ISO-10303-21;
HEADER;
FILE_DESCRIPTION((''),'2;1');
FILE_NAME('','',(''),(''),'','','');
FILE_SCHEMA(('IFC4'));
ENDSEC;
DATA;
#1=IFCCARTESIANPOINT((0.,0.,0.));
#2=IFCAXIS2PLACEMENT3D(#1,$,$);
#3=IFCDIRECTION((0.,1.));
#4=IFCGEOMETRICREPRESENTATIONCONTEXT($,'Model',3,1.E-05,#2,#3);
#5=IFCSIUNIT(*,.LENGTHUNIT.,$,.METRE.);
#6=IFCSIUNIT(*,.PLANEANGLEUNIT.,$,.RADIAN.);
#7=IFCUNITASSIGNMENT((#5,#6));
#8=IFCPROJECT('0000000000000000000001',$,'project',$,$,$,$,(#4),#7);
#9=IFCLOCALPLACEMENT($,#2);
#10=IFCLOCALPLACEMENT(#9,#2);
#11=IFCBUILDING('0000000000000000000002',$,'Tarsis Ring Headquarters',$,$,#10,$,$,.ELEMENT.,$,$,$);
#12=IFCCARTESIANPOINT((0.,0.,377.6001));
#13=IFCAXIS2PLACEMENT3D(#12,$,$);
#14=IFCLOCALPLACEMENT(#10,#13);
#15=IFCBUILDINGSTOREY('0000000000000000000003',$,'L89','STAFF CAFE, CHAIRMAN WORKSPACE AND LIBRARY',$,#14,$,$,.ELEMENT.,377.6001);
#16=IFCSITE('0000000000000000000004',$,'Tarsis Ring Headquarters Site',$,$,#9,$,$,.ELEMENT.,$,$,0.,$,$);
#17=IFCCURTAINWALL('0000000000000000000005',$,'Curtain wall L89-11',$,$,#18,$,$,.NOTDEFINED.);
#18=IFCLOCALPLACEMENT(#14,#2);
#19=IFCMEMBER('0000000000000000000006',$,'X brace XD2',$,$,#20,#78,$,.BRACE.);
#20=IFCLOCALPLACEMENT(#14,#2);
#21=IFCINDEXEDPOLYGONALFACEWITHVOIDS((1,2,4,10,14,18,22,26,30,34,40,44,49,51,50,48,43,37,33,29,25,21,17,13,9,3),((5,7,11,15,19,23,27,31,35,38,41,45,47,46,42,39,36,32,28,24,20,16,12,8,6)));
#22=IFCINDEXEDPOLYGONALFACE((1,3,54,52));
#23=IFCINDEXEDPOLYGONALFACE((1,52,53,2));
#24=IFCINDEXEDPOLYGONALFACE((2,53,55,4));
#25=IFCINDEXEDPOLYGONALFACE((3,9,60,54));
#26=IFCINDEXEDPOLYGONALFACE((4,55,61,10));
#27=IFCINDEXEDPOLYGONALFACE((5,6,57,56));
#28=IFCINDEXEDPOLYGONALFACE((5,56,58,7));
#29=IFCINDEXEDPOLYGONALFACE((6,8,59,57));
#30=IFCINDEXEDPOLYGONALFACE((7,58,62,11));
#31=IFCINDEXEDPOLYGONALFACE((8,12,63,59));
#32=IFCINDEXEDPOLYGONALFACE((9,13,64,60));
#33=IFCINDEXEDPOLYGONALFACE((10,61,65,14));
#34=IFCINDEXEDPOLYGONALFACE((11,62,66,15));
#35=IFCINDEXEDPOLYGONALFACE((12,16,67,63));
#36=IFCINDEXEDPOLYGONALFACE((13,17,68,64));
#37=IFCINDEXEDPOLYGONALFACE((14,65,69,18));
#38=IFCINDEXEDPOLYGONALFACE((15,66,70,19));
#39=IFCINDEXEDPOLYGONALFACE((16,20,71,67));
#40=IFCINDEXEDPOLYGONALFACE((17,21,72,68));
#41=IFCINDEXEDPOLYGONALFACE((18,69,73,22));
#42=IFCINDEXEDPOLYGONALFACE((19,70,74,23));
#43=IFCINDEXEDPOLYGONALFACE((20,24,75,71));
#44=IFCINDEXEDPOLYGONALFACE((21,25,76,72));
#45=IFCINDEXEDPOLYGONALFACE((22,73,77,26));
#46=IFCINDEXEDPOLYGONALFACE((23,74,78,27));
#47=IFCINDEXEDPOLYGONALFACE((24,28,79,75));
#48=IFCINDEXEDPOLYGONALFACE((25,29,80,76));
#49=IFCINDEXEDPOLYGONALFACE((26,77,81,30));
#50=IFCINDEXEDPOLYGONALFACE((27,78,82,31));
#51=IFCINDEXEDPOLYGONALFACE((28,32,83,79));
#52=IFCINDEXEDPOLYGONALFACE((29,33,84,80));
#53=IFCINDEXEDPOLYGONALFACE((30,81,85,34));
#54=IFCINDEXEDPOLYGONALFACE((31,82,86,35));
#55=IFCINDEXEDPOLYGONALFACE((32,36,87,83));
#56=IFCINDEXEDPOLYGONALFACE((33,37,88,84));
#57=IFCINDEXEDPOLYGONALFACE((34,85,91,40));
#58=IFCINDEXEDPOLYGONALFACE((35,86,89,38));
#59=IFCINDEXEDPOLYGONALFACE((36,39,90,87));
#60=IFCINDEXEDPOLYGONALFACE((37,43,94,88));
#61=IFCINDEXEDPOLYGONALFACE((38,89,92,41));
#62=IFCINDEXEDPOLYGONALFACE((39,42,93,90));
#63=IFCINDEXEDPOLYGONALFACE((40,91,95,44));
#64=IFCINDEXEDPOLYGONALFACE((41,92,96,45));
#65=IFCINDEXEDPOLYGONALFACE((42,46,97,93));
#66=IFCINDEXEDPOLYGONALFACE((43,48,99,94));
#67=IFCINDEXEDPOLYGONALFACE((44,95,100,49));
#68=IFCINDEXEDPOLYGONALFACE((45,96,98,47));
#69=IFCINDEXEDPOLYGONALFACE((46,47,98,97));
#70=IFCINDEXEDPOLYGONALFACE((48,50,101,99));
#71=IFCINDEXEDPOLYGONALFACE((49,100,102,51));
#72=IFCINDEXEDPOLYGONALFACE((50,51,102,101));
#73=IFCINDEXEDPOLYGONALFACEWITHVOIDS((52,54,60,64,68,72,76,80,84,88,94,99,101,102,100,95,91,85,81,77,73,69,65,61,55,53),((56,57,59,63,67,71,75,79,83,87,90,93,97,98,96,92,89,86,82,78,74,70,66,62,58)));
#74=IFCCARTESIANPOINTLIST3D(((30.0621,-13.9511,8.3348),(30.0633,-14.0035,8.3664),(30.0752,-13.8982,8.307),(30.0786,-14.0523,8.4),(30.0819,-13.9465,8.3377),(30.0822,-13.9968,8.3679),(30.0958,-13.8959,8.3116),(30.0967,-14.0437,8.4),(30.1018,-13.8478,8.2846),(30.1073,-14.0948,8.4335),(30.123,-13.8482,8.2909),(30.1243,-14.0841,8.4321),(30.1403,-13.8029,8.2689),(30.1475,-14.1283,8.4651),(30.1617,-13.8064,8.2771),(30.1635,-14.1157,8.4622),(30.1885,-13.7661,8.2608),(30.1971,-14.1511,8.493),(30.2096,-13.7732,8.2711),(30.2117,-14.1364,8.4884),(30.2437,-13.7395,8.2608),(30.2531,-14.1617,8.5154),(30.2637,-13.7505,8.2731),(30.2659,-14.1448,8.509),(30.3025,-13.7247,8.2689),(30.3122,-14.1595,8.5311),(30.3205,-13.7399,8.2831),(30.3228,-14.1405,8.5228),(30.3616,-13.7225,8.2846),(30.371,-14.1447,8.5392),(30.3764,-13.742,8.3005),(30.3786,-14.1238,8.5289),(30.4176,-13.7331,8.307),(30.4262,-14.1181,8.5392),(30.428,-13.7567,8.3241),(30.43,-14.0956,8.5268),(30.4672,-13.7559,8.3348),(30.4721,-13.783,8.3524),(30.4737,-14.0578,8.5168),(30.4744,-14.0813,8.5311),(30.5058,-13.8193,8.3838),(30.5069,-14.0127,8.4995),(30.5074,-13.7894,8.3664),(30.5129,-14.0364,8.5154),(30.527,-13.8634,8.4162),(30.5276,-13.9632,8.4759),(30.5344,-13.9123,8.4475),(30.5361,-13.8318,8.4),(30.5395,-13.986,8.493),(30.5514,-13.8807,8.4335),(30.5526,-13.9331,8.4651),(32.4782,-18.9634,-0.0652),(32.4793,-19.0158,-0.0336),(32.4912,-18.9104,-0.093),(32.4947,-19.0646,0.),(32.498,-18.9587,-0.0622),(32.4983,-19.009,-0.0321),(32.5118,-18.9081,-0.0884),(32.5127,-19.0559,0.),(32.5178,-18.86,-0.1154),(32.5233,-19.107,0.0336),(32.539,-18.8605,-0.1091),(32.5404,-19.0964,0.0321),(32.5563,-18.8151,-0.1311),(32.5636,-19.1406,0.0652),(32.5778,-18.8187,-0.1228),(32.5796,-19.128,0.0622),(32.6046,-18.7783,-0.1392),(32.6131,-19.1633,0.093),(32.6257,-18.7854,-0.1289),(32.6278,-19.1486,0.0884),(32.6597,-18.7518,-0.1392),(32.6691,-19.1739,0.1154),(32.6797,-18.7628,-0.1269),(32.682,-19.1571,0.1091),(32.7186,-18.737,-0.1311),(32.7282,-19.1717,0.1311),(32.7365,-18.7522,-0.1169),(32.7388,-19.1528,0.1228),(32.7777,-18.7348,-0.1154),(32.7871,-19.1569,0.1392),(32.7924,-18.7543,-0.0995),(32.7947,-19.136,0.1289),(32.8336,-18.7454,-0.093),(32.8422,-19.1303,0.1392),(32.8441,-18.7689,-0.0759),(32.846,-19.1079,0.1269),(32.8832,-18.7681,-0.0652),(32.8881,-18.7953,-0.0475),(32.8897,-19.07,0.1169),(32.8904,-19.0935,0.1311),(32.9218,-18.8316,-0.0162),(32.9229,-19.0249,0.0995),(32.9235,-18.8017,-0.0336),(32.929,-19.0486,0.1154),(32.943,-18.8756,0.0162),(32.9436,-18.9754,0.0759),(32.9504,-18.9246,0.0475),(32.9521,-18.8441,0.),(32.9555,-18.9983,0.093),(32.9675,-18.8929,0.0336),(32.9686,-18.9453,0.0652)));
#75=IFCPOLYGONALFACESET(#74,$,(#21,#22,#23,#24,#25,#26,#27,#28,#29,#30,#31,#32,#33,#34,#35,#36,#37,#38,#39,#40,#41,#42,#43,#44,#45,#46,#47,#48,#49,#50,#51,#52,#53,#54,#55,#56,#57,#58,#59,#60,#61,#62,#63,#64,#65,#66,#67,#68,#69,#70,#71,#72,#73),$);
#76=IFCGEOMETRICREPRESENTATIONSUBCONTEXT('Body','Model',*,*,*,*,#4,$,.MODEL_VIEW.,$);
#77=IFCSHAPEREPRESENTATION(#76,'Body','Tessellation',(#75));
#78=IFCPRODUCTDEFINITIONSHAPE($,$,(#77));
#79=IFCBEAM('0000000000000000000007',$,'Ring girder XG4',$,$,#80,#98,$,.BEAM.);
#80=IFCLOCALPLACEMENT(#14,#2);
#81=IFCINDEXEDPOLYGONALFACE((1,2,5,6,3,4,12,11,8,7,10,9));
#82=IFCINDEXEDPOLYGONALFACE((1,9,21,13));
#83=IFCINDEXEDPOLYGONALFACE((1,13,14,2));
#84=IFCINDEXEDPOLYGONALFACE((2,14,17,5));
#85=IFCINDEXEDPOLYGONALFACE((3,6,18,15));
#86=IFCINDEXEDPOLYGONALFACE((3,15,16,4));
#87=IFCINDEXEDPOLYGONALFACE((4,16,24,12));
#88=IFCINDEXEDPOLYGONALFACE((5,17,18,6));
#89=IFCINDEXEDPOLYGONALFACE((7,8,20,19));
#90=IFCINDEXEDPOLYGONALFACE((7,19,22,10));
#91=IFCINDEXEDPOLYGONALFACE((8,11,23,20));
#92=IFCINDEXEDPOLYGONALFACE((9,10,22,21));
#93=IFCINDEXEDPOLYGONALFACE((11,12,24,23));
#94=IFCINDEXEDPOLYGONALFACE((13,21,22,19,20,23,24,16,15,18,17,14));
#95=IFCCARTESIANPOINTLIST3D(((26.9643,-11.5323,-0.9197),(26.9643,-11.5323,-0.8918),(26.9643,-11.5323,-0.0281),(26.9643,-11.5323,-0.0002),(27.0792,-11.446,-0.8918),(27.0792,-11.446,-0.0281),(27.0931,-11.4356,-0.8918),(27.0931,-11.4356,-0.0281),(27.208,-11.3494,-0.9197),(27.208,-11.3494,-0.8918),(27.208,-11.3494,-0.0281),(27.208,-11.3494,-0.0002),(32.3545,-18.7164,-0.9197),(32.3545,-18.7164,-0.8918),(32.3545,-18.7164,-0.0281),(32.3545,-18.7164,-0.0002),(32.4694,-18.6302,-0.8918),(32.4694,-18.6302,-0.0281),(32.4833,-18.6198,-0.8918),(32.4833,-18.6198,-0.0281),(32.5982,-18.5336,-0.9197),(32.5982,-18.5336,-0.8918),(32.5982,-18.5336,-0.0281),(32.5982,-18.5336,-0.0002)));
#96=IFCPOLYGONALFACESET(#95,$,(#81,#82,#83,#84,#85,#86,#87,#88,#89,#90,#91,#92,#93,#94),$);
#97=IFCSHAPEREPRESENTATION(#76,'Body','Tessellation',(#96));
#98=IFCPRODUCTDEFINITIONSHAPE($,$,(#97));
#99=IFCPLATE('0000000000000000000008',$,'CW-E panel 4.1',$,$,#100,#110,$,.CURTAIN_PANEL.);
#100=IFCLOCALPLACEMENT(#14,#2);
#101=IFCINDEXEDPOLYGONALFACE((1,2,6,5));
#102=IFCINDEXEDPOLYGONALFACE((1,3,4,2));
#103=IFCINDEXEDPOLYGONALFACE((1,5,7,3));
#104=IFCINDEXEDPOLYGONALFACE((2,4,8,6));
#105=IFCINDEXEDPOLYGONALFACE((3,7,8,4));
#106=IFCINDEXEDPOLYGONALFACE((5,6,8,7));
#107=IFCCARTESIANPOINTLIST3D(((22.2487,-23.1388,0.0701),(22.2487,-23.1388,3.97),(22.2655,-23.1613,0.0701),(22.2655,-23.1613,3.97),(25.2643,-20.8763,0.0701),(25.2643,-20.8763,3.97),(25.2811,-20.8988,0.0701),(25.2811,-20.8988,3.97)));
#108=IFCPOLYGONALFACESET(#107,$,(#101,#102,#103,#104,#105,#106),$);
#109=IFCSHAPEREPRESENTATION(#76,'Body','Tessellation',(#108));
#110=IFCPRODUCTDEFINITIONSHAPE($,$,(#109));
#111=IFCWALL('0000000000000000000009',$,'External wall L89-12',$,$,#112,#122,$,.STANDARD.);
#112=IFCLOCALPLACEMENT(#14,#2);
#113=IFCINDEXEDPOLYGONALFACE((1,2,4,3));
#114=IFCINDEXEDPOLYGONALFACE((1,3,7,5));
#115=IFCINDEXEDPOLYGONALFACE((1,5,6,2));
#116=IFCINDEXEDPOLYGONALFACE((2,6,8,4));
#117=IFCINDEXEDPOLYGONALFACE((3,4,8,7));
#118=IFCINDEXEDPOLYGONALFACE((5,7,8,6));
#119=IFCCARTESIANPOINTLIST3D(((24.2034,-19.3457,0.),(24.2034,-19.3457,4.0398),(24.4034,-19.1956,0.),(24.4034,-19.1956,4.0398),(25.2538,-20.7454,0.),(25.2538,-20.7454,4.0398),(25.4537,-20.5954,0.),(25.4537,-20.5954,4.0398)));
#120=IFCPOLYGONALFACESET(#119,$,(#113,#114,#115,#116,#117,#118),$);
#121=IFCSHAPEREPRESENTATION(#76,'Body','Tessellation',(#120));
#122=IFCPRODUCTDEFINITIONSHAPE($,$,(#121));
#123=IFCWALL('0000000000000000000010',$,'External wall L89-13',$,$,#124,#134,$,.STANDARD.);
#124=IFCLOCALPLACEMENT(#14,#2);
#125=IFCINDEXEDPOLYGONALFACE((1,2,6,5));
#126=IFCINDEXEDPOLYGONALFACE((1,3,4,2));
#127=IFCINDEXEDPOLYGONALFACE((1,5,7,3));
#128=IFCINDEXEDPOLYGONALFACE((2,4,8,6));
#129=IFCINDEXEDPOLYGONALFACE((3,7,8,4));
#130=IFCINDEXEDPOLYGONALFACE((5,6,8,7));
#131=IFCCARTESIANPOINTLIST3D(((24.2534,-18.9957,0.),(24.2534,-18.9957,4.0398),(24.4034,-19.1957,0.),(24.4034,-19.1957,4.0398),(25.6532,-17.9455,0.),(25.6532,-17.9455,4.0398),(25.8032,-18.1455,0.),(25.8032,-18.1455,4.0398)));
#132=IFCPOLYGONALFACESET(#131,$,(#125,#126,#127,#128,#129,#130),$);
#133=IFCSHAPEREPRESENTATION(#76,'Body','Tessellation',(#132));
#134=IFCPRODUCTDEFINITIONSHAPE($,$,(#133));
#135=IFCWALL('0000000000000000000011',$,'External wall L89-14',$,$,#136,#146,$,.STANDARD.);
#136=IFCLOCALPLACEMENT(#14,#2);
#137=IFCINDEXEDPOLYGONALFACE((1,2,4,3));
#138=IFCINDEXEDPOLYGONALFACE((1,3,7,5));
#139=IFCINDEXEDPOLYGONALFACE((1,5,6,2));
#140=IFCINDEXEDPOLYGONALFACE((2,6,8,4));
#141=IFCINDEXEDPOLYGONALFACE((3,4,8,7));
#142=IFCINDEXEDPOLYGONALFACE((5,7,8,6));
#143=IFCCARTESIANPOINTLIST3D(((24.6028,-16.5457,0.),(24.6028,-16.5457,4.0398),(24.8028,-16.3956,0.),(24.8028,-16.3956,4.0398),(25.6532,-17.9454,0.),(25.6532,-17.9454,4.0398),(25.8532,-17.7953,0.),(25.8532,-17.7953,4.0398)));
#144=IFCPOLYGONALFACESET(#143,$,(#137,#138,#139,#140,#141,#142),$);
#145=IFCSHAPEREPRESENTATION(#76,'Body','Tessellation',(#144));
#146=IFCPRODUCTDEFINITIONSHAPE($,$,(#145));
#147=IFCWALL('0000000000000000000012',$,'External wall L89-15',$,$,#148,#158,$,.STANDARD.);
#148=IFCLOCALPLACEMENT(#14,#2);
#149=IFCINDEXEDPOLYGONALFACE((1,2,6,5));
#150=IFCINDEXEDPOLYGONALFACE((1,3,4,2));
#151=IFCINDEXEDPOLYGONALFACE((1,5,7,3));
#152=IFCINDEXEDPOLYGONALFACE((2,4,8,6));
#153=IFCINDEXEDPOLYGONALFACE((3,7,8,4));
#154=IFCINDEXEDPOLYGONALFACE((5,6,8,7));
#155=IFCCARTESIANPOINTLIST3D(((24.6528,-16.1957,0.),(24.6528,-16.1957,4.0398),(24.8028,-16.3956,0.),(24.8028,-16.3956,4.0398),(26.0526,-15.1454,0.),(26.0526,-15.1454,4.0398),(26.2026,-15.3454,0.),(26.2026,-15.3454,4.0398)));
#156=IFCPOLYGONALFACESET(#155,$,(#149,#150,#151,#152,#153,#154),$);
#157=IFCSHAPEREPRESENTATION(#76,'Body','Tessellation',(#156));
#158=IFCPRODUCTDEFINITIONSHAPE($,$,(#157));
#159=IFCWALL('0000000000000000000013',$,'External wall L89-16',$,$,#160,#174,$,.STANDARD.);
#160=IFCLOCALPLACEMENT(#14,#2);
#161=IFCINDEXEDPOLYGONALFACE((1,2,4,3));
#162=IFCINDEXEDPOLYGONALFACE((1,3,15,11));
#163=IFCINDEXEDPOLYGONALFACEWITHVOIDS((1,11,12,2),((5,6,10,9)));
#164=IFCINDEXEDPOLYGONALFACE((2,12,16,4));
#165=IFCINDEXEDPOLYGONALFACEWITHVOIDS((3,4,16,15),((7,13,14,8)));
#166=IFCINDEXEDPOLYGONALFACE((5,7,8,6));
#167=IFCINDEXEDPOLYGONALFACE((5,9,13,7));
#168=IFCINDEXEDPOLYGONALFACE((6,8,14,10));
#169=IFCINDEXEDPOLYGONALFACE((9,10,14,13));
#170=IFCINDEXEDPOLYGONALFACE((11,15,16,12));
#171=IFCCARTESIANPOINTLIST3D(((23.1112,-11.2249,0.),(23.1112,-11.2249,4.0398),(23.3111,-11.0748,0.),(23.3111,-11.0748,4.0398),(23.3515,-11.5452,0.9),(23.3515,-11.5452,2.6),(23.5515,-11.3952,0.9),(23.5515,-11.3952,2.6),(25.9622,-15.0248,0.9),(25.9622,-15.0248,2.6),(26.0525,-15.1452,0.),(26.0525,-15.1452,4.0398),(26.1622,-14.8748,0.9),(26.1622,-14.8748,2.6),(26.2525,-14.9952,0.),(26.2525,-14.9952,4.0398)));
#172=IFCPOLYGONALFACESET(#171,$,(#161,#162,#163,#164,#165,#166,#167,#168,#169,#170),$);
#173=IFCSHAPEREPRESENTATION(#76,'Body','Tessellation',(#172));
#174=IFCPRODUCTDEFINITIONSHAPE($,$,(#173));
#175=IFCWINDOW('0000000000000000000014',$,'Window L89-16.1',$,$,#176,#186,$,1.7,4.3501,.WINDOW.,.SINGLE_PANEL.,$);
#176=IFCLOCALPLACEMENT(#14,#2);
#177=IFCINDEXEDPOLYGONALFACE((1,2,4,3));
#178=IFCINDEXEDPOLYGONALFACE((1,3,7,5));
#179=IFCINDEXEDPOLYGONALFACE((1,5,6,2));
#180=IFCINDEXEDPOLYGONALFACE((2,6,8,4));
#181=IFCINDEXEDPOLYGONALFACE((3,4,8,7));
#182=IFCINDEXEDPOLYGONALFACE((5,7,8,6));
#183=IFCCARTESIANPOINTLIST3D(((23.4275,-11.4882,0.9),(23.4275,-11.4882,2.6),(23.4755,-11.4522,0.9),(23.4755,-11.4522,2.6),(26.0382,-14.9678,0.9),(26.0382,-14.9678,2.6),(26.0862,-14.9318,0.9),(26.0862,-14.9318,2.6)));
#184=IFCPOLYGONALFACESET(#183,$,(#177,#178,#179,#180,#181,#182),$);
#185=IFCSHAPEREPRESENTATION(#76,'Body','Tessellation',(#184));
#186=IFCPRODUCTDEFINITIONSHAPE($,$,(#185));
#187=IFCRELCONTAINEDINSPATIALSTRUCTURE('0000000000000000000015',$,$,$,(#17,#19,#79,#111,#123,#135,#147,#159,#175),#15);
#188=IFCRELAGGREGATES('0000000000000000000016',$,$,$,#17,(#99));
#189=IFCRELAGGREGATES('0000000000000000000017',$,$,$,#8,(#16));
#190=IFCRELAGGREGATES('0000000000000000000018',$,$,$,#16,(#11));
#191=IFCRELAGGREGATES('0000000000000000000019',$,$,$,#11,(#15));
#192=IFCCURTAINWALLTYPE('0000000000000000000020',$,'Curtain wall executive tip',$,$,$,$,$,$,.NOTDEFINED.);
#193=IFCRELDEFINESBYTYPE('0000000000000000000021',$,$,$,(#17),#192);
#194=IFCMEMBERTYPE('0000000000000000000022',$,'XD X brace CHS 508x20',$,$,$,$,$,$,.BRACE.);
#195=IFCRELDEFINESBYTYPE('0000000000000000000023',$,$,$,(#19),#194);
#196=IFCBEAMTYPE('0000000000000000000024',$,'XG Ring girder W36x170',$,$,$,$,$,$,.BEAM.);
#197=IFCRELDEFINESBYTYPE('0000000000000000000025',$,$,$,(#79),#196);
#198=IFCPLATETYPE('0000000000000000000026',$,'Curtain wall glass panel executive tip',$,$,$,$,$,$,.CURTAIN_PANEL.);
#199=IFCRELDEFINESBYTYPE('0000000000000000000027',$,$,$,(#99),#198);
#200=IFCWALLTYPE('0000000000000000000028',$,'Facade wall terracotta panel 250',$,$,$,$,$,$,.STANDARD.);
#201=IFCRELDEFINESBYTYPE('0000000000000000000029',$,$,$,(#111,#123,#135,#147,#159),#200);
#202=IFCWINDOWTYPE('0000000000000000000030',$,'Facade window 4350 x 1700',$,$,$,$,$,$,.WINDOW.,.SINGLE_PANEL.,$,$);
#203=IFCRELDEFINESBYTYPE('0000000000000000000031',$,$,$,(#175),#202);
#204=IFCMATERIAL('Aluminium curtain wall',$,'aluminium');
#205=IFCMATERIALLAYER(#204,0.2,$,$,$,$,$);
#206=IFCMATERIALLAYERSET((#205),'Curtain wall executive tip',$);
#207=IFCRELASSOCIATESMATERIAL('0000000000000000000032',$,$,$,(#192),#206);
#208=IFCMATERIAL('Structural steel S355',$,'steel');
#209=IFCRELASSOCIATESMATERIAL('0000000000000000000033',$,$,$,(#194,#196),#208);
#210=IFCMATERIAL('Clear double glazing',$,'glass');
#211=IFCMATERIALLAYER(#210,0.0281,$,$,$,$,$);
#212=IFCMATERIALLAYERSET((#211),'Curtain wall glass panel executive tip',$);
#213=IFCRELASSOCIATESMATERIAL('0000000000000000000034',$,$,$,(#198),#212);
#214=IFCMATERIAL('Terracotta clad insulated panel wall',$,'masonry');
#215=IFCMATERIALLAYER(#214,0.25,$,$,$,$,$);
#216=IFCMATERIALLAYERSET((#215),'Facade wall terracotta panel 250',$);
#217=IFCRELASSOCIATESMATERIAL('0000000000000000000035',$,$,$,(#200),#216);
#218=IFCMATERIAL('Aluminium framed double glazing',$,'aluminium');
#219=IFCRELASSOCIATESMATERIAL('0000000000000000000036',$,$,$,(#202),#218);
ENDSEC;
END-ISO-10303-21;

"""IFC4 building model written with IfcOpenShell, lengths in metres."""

from ifc_helpers import new_model, si_unit, direction, frame, frame_2d, origin, origin_2d, place, context, subcontext, project, spatial, rectangle, hollow_circle, i_section, extrude, material, layer, layer_set, material_profile, profile_set, type_object, element, fill, aggregate, save


model = new_model("IFC4")

# Units and contexts
model_context = context("Model", 3, precision=1e-05, world=origin(), true_north=direction((0.0, 1.0)))
body_context = subcontext(model_context, "Body", "Model", "MODEL_VIEW")
ifc_project = project(units=[si_unit("LENGTHUNIT", "METRE"), si_unit("PLANEANGLEUNIT", "RADIAN")], contexts=[model_context])

# Site, building, storey
site_placement = place(None, origin())
site = spatial("IfcSite", under=ifc_project, at=site_placement, Name="Tarsis Ring Headquarters Site", CompositionType="ELEMENT", RefElevation=0.0)
building_placement = place(site_placement, origin())
building = spatial("IfcBuilding", under=site, at=building_placement, Name="Tarsis Ring Headquarters", CompositionType="ELEMENT")
storey_placement = place(building_placement, frame((0.0, 0.0, 377.6001)))
storey = spatial("IfcBuildingStorey", under=building, at=storey_placement, Name="L89", Description="STAFF CAFE, CHAIRMAN WORKSPACE AND LIBRARY", CompositionType="ELEMENT", Elevation=377.6001)

# Shared definitions
ifc_material_1 = material(Name="Structural steel S355", Category="steel")

# Curtain wall
ifc_material_2 = material(Name="Aluminium curtain wall", Category="aluminium")
ifc_layer_1 = layer(ifc_material_2, 0.2)
ifc_layer_set_1 = layer_set([ifc_layer_1], Name="Curtain wall executive tip")
curtain_wall_type = type_object("IfcCurtainWallType", Name="Curtain wall executive tip", PredefinedType="NOTDEFINED", material=ifc_layer_set_1)
curtain_wall_placement = place(storey_placement, origin())
curtain_wall = element("IfcCurtainWall", 1, at=curtain_wall_placement, inside=storey, type_object=curtain_wall_type, Name="Curtain wall L89-11", PredefinedType="NOTDEFINED")

# Member
ifc_material_profile_1 = material_profile(ifc_material_1, hollow_circle(Radius=0.2539, WallThickness=0.02, at=origin_2d()), Name="CHS 508x20")
ifc_profile_set_1 = profile_set([ifc_material_profile_1], Name="Structural steel S355")
member_type_1 = type_object("IfcMemberType", Name="XD X brace CHS 508x20", PredefinedType="BRACE", material=ifc_profile_set_1)
member_1_placement = place(storey_placement, frame((32.7234, -18.9543, 0.0), z_axis=(-0.239789, 0.49746, 0.833688), x_axis=(-0.90081, -0.434214, 0.0)))
element("IfcMember", 2, at=member_1_placement, inside=storey, type_object=member_type_1, Name="X brace XD2", PredefinedType="BRACE", context=body_context, shape_type="SweptSolid", body=[
    extrude(hollow_circle(Radius=0.2539, WallThickness=0.02, at=origin_2d()), origin(), (0.0, 0.0, 1.0), 10.0757),
])

# Beam
ifc_material_profile_2 = material_profile(ifc_material_1, i_section(OverallWidth=0.3047, OverallDepth=0.9194, WebThickness=0.0173, FlangeThickness=0.0278, at=origin_2d()), Name="W36x170")
ifc_profile_set_2 = profile_set([ifc_material_profile_2], Name="Structural steel S355")
beam_type = type_object("IfcBeamType", Name="XG Ring girder W36x170", PredefinedType="BEAM", material=ifc_profile_set_2)
beam_placement = place(storey_placement, frame((32.4763, -18.625, -0.46), z_axis=(-0.600148, 0.799889, 0.0), x_axis=(-0.799889, -0.600148, 0.0)))
element("IfcBeam", 3, at=beam_placement, inside=storey, type_object=beam_type, Name="Ring girder XG4", PredefinedType="BEAM", context=body_context, shape_type="SweptSolid", body=[
    extrude(i_section(OverallWidth=0.3047, OverallDepth=0.9194, WebThickness=0.0173, FlangeThickness=0.0278, at=origin_2d()), origin(), (0.0, 0.0, 1.0), 8.9814),
])

# Plate
ifc_material_3 = material(Name="Clear double glazing", Category="glass")
ifc_layer_2 = layer(ifc_material_3, 0.0281)
ifc_layer_set_2 = layer_set([ifc_layer_2], Name="Curtain wall glass panel executive tip")
plate_type = type_object("IfcPlateType", Name="Curtain wall glass panel executive tip", PredefinedType="CURTAIN_PANEL", material=ifc_layer_set_2)
plate_placement = place(storey_placement, frame((23.7649, -22.0188, 0.0701), z_axis=(0.0, 0.0, 1.0), x_axis=(0.799894, 0.600141, 0.0)))
plate = element("IfcPlate", 4, at=plate_placement, type_object=plate_type, Name="CW-E panel 4.1", PredefinedType="CURTAIN_PANEL", context=body_context, shape_type="SweptSolid", body=[
    extrude(rectangle(XDim=3.77, YDim=0.0281, at=origin_2d()), origin(), (0.0, 0.0, 1.0), 3.8999),
])
aggregate(curtain_wall, [plate])

# Walls
ifc_material_4 = material(Name="Terracotta clad insulated panel wall", Category="masonry")
ifc_layer_3 = layer(ifc_material_4, 0.25)
ifc_layer_set_3 = layer_set([ifc_layer_3], Name="Facade wall terracotta panel 250")
wall_type = type_object("IfcWallType", Name="Facade wall terracotta panel 250", PredefinedType="STANDARD", material=ifc_layer_set_3)
for number, where, z_axis, x_axis, name in (
    (5, (25.3538, -20.6704, 0.0), (0.0, 0.0, 1.0), (-0.600201, 0.799849, 0.0), "External wall L89-12"),
    (6, (24.3284, -19.0957, 0.0), (0.0, 0.0, 1.0), (0.7999, 0.600134, 0.0), "External wall L89-13"),
    (7, (25.7532, -17.8704, 0.0), (0.0, 0.0, 1.0), (-0.600201, 0.799849, 0.0), "External wall L89-14"),
    (8, (24.7278, -16.2957, 0.0), (0.0, 0.0, 1.0), (0.7999, 0.600134, 0.0), "External wall L89-15"),
):
    element("IfcWall", number, at=place(storey_placement, frame(where, z_axis=z_axis, x_axis=x_axis)), inside=storey, type_object=wall_type, Name=name, PredefinedType="STANDARD", context=body_context, shape_type="SweptSolid", body=[
        extrude(rectangle(XDim=1.75, YDim=0.25, at=frame_2d((0.875, 0.0))), origin(), (0.0, 0.0, 1.0), 4.0398),
    ])

# Wall, opening, window
wall_placement = place(storey_placement, frame((26.1526, -15.0703, 0.0), z_axis=(0.0, 0.0, 1.0), x_axis=(-0.600143, 0.799892, 0.0)))
wall = element("IfcWall", 9, at=wall_placement, inside=storey, type_object=wall_type, Name="External wall L89-16", PredefinedType="STANDARD", context=body_context, shape_type="SweptSolid", body=[
    extrude(rectangle(XDim=4.9011, YDim=0.25, at=frame_2d((2.4507, 0.0))), origin(), (0.0, 0.0, 1.0), 4.0398),
])
opening_placement = place(wall_placement, frame((0.1506, 0.0, 0.8999)))
opening = element("IfcOpeningElement", 10, at=opening_placement, cuts=wall, PredefinedType="OPENING", context=body_context, shape_type="SweptSolid", body=[
    extrude(rectangle(XDim=4.3501, YDim=1.7, at=frame_2d((2.175, 0.8501))), frame((0.0, 0.135, 0.0), z_axis=(0.0, -1.0, 0.0), x_axis=(1.0, 0.0, 0.0)), (0.0, 0.0, 1.0), 0.27),
])
ifc_material_5 = material(Name="Aluminium framed double glazing", Category="aluminium")
window_type = type_object("IfcWindowType", Name="Facade window 4350 x 1700", PartitioningType="SINGLE_PANEL", PredefinedType="WINDOW", material=ifc_material_5)
window_placement = place(opening_placement, origin())
window = element("IfcWindow", 11, at=window_placement, inside=storey, type_object=window_type, Name="Window L89-16.1", OverallHeight=1.7, OverallWidth=4.3501, PartitioningType="SINGLE_PANEL", PredefinedType="WINDOW", context=body_context, shape_type="SweptSolid", body=[
    extrude(rectangle(XDim=4.3501, YDim=1.7, at=frame_2d((2.175, 0.8501))), frame((0.0, 0.03, 0.0), z_axis=(0.0, -1.0, 0.0), x_axis=(1.0, 0.0, 0.0)), (0.0, 0.0, 1.0), 0.0601),
])
fill(opening, window)

save(model, "model.ifc")
